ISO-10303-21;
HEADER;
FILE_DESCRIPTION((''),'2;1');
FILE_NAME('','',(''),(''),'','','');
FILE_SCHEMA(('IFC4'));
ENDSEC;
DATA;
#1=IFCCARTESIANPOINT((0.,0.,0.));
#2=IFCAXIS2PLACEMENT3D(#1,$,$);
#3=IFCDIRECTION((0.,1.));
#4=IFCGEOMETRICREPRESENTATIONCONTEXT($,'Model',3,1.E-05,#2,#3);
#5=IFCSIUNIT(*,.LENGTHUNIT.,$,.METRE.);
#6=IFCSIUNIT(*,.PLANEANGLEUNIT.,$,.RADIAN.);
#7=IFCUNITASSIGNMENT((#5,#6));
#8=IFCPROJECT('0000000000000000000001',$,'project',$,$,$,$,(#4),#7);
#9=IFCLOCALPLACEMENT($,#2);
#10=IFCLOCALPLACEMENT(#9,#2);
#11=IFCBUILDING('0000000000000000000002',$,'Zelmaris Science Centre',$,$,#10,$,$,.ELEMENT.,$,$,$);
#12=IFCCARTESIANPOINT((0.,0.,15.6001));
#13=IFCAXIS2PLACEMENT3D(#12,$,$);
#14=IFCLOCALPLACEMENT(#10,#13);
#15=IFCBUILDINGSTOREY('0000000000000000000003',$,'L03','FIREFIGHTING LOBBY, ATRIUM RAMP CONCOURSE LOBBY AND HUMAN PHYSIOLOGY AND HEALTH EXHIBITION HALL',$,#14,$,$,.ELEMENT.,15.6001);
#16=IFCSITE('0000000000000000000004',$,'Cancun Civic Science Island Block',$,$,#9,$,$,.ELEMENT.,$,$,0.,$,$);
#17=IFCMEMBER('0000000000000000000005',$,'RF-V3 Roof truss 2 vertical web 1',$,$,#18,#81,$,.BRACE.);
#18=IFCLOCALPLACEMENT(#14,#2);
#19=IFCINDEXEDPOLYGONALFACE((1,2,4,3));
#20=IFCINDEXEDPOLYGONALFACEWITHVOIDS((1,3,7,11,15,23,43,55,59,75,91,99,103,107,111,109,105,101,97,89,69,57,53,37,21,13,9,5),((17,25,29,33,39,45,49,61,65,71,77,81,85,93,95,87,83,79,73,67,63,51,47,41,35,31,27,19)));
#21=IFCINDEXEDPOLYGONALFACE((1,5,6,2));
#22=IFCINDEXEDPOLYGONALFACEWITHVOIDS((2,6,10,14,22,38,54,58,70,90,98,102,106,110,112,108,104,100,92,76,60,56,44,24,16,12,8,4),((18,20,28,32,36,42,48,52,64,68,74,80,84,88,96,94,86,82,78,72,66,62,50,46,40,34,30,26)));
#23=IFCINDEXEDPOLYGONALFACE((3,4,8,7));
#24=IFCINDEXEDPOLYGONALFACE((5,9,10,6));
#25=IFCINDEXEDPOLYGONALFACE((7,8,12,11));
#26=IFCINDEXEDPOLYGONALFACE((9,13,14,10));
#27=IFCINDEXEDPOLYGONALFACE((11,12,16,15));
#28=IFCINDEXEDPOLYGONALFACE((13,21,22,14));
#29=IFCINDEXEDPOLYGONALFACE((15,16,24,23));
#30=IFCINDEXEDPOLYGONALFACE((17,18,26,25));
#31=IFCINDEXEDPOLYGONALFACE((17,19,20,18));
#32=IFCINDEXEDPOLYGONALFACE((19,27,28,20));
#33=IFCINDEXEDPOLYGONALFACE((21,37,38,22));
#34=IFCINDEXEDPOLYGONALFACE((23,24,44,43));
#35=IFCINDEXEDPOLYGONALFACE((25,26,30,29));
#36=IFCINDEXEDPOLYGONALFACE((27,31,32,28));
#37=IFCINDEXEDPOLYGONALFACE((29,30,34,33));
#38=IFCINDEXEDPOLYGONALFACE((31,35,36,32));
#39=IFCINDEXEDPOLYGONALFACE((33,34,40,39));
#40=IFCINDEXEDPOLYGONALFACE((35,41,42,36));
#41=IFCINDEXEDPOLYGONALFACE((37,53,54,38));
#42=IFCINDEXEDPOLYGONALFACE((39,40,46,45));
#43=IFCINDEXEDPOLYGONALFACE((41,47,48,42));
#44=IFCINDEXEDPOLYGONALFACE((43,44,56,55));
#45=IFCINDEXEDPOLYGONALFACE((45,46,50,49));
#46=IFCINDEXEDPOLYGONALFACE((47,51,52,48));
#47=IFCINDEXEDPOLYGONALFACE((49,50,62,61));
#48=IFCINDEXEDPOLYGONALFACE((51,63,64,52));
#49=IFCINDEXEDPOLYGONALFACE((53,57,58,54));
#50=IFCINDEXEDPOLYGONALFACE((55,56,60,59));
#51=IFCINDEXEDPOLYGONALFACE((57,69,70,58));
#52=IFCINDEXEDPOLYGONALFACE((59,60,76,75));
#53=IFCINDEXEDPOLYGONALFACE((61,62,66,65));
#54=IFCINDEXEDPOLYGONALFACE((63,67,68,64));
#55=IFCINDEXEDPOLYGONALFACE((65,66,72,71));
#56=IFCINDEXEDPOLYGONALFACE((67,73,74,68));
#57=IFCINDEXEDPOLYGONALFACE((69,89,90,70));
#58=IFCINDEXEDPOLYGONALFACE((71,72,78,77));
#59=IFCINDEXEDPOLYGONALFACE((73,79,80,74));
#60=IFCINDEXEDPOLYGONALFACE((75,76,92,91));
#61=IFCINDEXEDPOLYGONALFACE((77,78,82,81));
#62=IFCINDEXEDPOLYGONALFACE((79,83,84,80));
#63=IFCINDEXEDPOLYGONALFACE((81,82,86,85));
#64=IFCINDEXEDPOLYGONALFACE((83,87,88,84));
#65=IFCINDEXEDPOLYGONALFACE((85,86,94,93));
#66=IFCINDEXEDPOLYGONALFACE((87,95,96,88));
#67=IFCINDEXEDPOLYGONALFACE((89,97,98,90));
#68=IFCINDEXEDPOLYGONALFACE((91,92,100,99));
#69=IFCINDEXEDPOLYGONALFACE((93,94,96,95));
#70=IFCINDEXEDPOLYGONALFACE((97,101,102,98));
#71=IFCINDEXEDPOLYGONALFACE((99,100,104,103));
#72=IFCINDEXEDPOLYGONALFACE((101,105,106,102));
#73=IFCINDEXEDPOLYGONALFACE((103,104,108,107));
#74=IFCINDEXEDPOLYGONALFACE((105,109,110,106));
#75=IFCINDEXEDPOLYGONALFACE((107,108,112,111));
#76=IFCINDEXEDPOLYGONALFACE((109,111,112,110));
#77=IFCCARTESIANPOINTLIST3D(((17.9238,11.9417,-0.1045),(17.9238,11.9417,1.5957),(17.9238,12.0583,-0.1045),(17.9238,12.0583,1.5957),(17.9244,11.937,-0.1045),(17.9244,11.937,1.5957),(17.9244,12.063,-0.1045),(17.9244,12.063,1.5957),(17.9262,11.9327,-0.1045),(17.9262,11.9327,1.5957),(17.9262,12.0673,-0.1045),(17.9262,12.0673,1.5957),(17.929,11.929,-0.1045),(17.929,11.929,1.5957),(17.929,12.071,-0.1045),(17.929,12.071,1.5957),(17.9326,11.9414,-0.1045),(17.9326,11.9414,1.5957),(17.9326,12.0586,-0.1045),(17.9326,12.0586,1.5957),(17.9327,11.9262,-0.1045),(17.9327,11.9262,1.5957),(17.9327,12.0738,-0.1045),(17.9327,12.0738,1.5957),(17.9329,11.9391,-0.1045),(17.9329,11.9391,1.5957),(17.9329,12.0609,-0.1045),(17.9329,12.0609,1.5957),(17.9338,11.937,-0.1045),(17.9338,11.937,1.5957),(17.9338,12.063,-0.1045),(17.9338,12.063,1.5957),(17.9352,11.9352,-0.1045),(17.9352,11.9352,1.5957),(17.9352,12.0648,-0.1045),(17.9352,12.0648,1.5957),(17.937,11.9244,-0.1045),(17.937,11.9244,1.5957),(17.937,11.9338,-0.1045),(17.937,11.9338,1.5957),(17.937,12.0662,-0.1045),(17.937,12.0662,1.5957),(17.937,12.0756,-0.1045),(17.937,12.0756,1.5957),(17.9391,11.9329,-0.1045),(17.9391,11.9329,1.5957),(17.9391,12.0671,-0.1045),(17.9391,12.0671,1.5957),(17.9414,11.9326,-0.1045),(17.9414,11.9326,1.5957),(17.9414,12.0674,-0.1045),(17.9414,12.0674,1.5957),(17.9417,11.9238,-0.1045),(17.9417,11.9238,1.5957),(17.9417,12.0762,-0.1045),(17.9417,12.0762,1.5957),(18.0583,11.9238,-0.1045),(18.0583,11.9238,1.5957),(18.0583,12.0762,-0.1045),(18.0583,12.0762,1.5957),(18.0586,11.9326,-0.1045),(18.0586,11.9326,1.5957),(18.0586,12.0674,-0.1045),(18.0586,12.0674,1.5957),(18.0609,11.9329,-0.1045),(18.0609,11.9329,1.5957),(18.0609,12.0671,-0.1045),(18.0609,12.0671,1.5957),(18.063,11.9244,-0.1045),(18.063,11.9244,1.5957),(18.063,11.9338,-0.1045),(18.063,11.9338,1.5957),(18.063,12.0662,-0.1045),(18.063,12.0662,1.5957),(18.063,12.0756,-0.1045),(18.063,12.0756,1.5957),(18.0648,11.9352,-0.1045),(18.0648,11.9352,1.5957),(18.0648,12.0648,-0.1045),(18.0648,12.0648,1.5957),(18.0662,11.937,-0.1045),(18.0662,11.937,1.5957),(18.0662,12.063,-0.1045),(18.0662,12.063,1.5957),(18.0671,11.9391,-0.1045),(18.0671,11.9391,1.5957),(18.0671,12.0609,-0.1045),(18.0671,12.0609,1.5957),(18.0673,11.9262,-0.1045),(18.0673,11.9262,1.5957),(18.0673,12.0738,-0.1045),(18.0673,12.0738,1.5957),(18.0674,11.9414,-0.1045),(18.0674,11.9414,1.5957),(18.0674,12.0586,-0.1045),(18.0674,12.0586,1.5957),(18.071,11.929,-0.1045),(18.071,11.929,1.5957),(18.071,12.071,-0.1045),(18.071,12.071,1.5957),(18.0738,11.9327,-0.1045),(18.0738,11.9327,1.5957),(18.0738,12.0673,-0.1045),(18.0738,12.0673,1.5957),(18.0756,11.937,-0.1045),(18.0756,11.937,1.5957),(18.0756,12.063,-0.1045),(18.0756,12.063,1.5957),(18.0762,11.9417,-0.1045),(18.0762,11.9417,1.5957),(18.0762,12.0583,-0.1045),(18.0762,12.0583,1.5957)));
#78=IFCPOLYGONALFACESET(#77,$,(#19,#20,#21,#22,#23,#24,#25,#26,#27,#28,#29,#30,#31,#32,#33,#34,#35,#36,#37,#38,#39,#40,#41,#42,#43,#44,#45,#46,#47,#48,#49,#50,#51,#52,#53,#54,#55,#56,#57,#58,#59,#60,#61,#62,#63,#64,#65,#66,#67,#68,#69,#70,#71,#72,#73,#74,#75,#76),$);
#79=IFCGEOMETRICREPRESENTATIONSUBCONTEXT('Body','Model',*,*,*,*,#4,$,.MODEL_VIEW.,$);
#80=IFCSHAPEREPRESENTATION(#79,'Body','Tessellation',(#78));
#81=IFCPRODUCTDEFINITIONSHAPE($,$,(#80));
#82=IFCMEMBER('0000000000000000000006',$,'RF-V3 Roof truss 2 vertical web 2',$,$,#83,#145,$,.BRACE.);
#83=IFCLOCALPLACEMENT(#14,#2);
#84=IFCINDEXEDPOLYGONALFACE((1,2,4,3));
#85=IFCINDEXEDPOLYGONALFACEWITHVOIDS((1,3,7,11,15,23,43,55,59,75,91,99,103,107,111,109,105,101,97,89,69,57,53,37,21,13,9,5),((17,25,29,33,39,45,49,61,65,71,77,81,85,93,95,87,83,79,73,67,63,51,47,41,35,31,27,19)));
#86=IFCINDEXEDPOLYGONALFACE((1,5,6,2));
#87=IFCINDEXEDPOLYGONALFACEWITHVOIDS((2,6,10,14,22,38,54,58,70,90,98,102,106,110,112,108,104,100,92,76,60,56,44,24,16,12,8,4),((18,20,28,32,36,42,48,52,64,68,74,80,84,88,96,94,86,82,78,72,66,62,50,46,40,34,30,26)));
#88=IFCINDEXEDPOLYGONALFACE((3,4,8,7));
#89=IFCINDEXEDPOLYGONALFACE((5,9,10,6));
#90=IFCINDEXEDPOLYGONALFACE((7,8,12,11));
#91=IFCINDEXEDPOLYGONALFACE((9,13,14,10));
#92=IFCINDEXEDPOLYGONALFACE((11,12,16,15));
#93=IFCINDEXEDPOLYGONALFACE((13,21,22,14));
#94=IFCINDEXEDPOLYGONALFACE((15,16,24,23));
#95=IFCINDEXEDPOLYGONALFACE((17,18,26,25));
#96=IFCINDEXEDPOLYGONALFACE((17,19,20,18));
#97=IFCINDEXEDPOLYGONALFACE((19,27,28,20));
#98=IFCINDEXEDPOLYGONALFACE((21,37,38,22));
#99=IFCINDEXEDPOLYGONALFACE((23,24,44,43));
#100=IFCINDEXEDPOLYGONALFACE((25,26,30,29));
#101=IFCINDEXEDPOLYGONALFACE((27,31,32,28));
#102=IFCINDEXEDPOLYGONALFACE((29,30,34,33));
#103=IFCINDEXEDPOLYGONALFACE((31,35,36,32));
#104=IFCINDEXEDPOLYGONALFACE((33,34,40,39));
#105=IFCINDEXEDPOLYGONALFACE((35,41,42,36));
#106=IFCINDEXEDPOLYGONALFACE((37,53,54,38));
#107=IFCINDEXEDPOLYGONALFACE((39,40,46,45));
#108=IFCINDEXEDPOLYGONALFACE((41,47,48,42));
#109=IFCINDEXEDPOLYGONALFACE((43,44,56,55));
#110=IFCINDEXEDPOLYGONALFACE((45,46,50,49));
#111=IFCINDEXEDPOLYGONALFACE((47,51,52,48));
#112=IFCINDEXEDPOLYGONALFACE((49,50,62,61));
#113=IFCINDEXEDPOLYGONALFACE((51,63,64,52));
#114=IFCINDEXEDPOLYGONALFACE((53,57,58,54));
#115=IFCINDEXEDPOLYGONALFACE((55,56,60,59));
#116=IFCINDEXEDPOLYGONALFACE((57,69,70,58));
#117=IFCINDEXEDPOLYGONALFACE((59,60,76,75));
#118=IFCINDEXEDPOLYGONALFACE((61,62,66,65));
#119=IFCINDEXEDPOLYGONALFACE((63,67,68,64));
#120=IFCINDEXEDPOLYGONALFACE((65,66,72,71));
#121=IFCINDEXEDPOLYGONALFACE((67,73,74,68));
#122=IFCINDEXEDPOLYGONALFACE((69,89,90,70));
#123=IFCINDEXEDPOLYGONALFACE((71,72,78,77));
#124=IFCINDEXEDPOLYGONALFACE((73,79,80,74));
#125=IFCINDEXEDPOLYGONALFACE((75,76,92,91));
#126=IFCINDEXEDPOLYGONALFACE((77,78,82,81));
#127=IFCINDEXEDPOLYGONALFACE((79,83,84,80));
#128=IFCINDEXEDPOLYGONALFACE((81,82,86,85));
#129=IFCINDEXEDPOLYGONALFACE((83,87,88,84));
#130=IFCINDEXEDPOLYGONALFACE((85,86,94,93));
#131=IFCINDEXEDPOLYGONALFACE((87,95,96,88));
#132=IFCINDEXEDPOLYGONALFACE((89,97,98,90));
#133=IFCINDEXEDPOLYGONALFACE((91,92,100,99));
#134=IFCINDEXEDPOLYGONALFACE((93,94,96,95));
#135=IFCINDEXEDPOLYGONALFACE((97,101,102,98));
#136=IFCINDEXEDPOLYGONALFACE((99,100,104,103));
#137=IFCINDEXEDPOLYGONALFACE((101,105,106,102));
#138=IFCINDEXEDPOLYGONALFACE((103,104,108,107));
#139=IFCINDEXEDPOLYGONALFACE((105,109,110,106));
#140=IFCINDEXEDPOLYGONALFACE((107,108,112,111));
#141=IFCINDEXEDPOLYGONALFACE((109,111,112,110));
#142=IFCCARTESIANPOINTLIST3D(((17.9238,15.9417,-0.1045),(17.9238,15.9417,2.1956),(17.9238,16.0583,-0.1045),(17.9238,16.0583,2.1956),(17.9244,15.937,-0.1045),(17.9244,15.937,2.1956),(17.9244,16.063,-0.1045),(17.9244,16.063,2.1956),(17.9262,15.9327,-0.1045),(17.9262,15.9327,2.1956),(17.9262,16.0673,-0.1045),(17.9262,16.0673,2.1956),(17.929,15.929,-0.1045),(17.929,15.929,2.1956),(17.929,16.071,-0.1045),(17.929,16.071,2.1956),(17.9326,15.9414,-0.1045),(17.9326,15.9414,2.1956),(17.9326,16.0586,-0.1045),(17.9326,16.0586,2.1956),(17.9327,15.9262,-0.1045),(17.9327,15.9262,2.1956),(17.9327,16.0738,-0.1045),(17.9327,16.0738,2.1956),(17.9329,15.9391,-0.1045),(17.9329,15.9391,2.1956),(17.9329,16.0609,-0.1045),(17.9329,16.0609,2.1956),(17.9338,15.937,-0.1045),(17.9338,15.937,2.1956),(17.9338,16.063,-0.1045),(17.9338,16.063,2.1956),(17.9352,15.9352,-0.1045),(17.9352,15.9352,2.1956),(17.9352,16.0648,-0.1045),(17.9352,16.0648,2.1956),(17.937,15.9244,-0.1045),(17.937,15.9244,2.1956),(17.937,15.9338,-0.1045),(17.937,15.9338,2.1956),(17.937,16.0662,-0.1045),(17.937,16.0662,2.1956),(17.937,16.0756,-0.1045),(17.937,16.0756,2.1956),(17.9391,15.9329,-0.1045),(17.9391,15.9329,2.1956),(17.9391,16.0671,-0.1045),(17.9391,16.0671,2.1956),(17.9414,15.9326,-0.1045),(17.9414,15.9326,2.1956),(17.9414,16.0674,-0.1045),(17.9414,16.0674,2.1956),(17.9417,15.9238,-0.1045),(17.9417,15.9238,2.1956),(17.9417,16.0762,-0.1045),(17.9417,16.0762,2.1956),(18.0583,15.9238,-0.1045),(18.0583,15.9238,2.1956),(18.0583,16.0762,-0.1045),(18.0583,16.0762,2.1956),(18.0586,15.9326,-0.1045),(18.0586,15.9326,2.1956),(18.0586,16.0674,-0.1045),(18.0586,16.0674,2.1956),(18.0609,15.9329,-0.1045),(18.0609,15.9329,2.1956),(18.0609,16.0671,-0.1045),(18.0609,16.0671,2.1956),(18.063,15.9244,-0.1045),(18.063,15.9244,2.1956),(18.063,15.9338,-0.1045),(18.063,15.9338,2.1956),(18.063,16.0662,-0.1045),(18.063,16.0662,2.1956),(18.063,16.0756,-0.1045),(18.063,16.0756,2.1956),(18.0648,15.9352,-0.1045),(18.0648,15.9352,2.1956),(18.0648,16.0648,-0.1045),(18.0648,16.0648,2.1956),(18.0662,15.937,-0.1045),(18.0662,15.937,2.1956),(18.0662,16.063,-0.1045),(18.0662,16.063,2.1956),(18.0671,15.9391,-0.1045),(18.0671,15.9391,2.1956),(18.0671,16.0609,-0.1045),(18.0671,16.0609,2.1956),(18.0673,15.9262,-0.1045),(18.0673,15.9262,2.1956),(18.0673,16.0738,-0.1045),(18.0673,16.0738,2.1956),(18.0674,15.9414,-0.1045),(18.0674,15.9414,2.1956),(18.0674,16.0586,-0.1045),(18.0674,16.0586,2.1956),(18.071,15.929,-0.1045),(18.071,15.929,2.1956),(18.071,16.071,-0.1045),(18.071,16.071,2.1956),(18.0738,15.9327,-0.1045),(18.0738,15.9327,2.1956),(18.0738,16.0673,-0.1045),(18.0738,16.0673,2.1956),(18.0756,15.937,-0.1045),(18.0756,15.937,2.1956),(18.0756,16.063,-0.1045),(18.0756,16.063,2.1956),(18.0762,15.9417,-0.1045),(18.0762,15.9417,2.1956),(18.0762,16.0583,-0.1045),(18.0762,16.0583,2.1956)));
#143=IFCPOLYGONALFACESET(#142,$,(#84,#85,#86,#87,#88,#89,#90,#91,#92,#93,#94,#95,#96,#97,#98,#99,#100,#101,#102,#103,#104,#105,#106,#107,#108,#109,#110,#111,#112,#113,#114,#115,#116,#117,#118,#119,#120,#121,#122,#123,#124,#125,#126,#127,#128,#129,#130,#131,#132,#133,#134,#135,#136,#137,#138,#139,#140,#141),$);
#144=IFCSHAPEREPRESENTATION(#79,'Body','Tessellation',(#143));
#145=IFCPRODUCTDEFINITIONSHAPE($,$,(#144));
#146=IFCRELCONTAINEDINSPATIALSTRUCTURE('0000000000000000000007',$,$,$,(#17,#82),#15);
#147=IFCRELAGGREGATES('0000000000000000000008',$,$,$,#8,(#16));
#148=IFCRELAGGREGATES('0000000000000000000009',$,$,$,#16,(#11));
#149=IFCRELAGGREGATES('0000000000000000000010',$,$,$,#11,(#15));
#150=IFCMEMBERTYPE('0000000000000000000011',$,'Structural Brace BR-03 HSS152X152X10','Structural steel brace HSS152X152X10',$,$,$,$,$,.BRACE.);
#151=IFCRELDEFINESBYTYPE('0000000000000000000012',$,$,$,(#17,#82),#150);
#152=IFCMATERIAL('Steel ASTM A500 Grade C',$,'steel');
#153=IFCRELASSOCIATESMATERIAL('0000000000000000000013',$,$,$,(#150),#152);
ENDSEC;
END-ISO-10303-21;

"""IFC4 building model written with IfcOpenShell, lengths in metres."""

from ifc_helpers import new_model, si_unit, direction, frame, origin, origin_2d, place, context, subcontext, project, spatial, hollow_rectangle, extrude, material, material_profile, profile_set, type_object, element, save


model = new_model("IFC4")

# Units and contexts
model_context = context("Model", 3, precision=1e-05, world=origin(), true_north=direction((0.0, 1.0)))
body_context = subcontext(model_context, "Body", "Model", "MODEL_VIEW")
ifc_project = project(units=[si_unit("LENGTHUNIT", "METRE"), si_unit("PLANEANGLEUNIT", "RADIAN")], contexts=[model_context])

# Site, building, storey
site_placement = place(None, origin())
site = spatial("IfcSite", under=ifc_project, at=site_placement, Name="Cancun Civic Science Island Block", CompositionType="ELEMENT", RefElevation=0.0)
building_placement = place(site_placement, origin())
building = spatial("IfcBuilding", under=site, at=building_placement, Name="Zelmaris Science Centre", CompositionType="ELEMENT")
storey_placement = place(building_placement, frame((0.0, 0.0, 15.6001)))
storey = spatial("IfcBuildingStorey", under=building, at=storey_placement, Name="L03", Description="FIREFIGHTING LOBBY, ATRIUM RAMP CONCOURSE LOBBY AND HUMAN PHYSIOLOGY AND HEALTH EXHIBITION HALL", CompositionType="ELEMENT", Elevation=15.6001)

# Shared definitions
ifc_material = material(Name="Steel ASTM A500 Grade C", Category="steel")

# Members
ifc_material_profile_1 = material_profile(ifc_material, hollow_rectangle(XDim=0.1523, YDim=0.1523, WallThickness=0.0088, InnerFilletRadius=0.0088, OuterFilletRadius=0.0178, at=origin_2d()), Name="HSS152X152X10")
ifc_profile_set_1 = profile_set([ifc_material_profile_1], Name="Steel ASTM A500 Grade C")
member_type_1 = type_object("IfcMemberType", Name="Structural Brace BR-03 HSS152X152X10", Description="Structural steel brace HSS152X152X10", PredefinedType="BRACE", material=ifc_profile_set_1)
member_1_placement = place(storey_placement, frame((18.0, 12.0, -0.1045), z_axis=(0.0, 0.0, 1.0), x_axis=(1.0, 0.0, 0.0)))
element("IfcMember", 1, at=member_1_placement, inside=storey, type_object=member_type_1, Name="RF-V3 Roof truss 2 vertical web 1", PredefinedType="BRACE", context=body_context, shape_type="SweptSolid", body=[
    extrude(hollow_rectangle(XDim=0.1523, YDim=0.1523, WallThickness=0.0088, InnerFilletRadius=0.0088, OuterFilletRadius=0.0178, at=origin_2d()), origin(), (0.0, 0.0, 1.0), 1.7002),
])
member_2_placement = place(storey_placement, frame((18.0, 16.0, -0.1045), z_axis=(0.0, 0.0, 1.0), x_axis=(1.0, 0.0, 0.0)))
element("IfcMember", 2, at=member_2_placement, inside=storey, type_object=member_type_1, Name="RF-V3 Roof truss 2 vertical web 2", PredefinedType="BRACE", context=body_context, shape_type="SweptSolid", body=[
    extrude(hollow_rectangle(XDim=0.1523, YDim=0.1523, WallThickness=0.0088, InnerFilletRadius=0.0088, OuterFilletRadius=0.0178, at=origin_2d()), origin(), (0.0, 0.0, 1.0), 2.3),
])

save(model, "model.ifc")
